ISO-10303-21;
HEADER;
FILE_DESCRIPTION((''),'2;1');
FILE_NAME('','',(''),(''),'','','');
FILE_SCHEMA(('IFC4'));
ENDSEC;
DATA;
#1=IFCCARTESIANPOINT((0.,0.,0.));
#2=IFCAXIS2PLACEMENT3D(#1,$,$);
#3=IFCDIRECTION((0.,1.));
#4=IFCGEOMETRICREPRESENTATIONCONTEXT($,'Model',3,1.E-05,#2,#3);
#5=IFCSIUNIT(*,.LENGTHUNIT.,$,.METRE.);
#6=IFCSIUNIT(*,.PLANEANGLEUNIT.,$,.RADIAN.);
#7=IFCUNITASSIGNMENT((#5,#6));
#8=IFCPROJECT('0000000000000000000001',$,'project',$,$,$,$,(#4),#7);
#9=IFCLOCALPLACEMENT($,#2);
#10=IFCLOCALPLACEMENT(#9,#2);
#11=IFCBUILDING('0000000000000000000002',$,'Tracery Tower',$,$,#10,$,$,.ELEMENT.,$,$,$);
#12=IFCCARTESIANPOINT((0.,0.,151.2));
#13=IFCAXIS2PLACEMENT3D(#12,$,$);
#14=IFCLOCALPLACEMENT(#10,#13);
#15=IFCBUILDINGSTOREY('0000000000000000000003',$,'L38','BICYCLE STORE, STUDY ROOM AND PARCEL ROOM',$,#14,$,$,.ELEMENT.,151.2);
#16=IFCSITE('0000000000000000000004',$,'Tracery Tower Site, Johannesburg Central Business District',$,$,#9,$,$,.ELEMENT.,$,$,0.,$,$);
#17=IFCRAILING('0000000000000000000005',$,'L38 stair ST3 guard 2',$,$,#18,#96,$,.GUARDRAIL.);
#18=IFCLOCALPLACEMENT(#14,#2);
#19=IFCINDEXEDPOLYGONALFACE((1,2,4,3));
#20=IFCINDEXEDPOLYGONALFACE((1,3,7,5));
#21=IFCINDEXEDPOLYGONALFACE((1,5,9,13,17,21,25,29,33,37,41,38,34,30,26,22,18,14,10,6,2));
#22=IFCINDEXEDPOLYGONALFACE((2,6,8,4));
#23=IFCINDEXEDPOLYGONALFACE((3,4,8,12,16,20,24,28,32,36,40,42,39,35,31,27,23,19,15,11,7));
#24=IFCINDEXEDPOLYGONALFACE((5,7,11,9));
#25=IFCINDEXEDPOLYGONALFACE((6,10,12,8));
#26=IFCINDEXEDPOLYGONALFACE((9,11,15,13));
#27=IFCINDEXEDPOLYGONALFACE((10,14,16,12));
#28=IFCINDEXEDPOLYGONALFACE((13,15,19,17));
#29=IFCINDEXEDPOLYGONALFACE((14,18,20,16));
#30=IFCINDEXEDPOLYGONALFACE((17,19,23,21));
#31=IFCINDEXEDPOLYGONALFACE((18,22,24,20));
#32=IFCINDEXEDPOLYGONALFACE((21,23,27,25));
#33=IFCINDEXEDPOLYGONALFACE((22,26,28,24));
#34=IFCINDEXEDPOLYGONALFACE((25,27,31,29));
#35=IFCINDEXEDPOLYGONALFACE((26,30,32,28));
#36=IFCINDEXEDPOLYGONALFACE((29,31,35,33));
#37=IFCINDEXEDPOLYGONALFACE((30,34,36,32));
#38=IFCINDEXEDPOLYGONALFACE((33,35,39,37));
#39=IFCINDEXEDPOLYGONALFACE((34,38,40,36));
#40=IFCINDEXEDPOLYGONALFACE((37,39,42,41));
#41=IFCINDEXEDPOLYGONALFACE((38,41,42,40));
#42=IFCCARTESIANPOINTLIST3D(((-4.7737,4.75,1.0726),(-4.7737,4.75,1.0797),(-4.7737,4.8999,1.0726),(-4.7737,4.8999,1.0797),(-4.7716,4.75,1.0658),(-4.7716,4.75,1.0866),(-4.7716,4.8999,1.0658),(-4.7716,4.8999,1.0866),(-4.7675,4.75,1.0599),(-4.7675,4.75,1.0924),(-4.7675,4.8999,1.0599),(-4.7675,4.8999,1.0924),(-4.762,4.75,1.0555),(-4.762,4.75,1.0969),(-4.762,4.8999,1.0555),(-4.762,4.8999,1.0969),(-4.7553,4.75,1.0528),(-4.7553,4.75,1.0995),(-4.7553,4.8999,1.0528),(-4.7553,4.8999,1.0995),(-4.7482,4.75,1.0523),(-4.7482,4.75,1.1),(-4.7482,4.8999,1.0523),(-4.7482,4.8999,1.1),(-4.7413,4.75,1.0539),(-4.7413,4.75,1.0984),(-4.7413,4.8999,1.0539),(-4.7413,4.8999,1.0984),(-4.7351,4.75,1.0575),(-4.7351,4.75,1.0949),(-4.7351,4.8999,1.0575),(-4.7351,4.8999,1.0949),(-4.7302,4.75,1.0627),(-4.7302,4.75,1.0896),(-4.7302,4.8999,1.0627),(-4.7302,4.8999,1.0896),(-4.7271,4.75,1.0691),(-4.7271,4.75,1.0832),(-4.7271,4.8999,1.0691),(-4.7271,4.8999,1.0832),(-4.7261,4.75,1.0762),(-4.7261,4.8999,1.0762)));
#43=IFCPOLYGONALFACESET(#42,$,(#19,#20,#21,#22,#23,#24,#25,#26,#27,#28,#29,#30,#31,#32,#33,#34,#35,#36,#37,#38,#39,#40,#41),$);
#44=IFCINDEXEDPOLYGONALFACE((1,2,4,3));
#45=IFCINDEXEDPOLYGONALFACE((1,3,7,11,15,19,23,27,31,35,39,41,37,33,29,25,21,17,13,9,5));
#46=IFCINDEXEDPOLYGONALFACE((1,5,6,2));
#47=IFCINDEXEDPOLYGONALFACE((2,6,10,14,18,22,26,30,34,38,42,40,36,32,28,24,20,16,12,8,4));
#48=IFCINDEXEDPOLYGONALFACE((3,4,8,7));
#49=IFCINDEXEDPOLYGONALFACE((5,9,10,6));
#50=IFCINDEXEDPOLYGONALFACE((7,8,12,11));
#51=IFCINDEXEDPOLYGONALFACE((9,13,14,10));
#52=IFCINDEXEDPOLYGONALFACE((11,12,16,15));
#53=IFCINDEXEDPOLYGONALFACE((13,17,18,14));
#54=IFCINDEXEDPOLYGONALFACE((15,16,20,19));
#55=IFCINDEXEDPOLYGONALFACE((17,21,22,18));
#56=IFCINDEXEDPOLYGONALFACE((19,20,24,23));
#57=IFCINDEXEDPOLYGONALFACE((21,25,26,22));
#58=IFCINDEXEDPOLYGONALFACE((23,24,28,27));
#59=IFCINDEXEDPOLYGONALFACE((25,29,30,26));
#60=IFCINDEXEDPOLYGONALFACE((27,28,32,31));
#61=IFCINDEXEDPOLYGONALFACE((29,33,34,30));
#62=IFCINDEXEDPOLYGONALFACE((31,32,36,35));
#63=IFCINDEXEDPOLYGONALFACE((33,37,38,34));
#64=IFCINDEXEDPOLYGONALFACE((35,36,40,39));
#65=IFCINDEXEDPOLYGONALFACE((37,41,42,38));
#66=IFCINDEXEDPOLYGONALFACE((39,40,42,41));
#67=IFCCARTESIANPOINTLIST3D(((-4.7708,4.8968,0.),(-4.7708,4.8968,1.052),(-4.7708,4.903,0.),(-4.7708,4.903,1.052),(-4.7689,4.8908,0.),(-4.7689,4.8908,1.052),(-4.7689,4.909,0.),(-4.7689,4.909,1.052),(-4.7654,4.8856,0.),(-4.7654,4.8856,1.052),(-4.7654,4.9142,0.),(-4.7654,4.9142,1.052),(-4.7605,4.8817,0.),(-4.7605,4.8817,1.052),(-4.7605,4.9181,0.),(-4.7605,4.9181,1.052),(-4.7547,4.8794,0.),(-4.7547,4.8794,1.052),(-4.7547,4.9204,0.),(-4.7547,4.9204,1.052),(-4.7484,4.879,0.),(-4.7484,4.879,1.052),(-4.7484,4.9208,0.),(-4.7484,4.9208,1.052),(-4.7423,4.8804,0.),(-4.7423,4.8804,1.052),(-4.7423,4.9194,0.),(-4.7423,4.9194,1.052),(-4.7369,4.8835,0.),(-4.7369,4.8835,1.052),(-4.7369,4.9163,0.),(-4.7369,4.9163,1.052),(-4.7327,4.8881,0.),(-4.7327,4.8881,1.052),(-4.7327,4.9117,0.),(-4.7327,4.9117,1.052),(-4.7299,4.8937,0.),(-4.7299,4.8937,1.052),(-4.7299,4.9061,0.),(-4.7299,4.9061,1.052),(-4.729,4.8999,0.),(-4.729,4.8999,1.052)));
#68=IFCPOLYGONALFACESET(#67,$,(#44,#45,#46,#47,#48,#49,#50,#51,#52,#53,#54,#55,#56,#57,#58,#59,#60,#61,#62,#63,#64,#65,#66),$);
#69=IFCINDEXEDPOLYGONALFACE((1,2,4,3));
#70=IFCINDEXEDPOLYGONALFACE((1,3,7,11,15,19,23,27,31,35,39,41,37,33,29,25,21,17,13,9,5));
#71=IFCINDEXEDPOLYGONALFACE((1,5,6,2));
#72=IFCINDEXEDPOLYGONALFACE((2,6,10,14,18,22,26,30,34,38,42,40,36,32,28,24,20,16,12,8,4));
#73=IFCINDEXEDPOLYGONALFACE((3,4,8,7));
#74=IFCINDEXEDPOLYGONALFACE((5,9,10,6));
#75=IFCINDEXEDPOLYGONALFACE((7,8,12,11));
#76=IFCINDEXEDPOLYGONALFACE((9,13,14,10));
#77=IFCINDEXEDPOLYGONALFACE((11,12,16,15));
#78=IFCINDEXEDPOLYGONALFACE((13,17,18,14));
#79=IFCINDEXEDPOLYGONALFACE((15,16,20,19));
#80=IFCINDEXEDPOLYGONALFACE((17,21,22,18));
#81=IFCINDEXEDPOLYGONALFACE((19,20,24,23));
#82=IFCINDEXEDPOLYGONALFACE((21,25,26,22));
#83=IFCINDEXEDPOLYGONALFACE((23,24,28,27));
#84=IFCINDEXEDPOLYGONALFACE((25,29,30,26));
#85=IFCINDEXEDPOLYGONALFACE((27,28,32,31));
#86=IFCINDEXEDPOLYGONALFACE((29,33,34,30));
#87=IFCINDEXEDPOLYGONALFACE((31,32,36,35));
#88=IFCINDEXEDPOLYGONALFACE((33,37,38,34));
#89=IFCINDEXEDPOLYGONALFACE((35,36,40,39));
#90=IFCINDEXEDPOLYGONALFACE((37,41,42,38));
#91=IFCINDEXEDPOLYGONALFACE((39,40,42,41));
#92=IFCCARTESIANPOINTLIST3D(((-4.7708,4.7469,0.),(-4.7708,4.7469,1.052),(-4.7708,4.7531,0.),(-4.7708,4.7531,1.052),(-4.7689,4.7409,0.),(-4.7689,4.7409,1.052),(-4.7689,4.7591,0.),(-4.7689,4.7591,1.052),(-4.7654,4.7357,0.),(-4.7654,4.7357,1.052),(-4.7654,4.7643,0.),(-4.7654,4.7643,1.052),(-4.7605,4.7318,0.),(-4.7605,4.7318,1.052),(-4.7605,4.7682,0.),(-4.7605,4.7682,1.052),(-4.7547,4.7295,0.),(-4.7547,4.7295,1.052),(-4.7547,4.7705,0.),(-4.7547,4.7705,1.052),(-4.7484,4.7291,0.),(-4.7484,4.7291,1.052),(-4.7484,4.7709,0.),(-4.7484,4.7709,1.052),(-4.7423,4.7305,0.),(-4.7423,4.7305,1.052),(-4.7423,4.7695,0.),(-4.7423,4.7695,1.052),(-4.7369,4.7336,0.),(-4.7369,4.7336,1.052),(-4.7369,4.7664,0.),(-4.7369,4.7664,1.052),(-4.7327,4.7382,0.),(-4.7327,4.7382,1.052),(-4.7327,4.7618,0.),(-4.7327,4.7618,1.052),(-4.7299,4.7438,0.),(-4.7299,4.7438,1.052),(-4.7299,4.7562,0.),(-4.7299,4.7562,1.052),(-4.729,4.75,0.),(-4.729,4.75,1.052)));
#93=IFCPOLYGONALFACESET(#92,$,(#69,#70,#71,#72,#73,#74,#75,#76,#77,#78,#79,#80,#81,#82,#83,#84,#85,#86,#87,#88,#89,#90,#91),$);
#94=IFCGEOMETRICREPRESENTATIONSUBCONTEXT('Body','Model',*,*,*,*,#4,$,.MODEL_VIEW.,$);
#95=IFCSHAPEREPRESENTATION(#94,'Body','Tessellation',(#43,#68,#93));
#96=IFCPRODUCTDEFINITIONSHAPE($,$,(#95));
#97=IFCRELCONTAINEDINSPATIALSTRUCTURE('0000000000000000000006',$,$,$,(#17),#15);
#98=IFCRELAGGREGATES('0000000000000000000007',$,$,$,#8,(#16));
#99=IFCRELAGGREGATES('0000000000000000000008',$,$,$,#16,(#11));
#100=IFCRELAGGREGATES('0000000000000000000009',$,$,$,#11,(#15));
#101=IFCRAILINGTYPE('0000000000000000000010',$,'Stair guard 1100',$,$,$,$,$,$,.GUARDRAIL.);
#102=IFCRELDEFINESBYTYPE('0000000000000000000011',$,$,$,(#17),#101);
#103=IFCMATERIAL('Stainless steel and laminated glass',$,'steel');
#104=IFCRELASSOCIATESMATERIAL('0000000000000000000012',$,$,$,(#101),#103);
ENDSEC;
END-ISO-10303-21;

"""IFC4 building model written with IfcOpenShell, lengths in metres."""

from ifc_helpers import new_model, si_unit, direction, frame, origin, origin_2d, place, context, subcontext, project, spatial, circle, extrude, material, type_object, element, save


model = new_model("IFC4")

# Units and contexts
model_context = context("Model", 3, precision=1e-05, world=origin(), true_north=direction((0.0, 1.0)))
body_context = subcontext(model_context, "Body", "Model", "MODEL_VIEW")
ifc_project = project(units=[si_unit("LENGTHUNIT", "METRE"), si_unit("PLANEANGLEUNIT", "RADIAN")], contexts=[model_context])

# Site, building, storey
site_placement = place(None, origin())
site = spatial("IfcSite", under=ifc_project, at=site_placement, Name="Tracery Tower Site, Johannesburg Central Business District", CompositionType="ELEMENT", RefElevation=0.0)
building_placement = place(site_placement, origin())
building = spatial("IfcBuilding", under=site, at=building_placement, Name="Tracery Tower", CompositionType="ELEMENT")
storey_placement = place(building_placement, frame((0.0, 0.0, 151.2)))
storey = spatial("IfcBuildingStorey", under=building, at=storey_placement, Name="L38", Description="BICYCLE STORE, STUDY ROOM AND PARCEL ROOM", CompositionType="ELEMENT", Elevation=151.2)

# Railing
ifc_material_1 = material(Name="Stainless steel and laminated glass", Category="steel")
railing_type_1 = type_object("IfcRailingType", Name="Stair guard 1100", PredefinedType="GUARDRAIL", material=ifc_material_1)
railing_1_placement = place(storey_placement, frame((-4.75, 4.8999, 0.0)))
element("IfcRailing", 1, at=railing_1_placement, inside=storey, type_object=railing_type_1, Name="L38 stair ST3 guard 2", PredefinedType="GUARDRAIL", context=body_context, shape_type="SweptSolid", body=[
    extrude(circle(Radius=0.0239, at=origin_2d()), frame((0.0, 0.0, 1.0762), z_axis=(0.0, -1.0, 0.0), x_axis=(1.0, 0.0, 0.0)), (0.0, 0.0, 1.0), 0.1499),
    extrude(circle(Radius=0.021, at=origin_2d()), origin(), (0.0, 0.0, 1.0), 1.052),
    extrude(circle(Radius=0.021, at=origin_2d()), frame((0.0, -0.1499, 0.0)), (0.0, 0.0, 1.0), 1.052),
])

save(model, "model.ifc")
